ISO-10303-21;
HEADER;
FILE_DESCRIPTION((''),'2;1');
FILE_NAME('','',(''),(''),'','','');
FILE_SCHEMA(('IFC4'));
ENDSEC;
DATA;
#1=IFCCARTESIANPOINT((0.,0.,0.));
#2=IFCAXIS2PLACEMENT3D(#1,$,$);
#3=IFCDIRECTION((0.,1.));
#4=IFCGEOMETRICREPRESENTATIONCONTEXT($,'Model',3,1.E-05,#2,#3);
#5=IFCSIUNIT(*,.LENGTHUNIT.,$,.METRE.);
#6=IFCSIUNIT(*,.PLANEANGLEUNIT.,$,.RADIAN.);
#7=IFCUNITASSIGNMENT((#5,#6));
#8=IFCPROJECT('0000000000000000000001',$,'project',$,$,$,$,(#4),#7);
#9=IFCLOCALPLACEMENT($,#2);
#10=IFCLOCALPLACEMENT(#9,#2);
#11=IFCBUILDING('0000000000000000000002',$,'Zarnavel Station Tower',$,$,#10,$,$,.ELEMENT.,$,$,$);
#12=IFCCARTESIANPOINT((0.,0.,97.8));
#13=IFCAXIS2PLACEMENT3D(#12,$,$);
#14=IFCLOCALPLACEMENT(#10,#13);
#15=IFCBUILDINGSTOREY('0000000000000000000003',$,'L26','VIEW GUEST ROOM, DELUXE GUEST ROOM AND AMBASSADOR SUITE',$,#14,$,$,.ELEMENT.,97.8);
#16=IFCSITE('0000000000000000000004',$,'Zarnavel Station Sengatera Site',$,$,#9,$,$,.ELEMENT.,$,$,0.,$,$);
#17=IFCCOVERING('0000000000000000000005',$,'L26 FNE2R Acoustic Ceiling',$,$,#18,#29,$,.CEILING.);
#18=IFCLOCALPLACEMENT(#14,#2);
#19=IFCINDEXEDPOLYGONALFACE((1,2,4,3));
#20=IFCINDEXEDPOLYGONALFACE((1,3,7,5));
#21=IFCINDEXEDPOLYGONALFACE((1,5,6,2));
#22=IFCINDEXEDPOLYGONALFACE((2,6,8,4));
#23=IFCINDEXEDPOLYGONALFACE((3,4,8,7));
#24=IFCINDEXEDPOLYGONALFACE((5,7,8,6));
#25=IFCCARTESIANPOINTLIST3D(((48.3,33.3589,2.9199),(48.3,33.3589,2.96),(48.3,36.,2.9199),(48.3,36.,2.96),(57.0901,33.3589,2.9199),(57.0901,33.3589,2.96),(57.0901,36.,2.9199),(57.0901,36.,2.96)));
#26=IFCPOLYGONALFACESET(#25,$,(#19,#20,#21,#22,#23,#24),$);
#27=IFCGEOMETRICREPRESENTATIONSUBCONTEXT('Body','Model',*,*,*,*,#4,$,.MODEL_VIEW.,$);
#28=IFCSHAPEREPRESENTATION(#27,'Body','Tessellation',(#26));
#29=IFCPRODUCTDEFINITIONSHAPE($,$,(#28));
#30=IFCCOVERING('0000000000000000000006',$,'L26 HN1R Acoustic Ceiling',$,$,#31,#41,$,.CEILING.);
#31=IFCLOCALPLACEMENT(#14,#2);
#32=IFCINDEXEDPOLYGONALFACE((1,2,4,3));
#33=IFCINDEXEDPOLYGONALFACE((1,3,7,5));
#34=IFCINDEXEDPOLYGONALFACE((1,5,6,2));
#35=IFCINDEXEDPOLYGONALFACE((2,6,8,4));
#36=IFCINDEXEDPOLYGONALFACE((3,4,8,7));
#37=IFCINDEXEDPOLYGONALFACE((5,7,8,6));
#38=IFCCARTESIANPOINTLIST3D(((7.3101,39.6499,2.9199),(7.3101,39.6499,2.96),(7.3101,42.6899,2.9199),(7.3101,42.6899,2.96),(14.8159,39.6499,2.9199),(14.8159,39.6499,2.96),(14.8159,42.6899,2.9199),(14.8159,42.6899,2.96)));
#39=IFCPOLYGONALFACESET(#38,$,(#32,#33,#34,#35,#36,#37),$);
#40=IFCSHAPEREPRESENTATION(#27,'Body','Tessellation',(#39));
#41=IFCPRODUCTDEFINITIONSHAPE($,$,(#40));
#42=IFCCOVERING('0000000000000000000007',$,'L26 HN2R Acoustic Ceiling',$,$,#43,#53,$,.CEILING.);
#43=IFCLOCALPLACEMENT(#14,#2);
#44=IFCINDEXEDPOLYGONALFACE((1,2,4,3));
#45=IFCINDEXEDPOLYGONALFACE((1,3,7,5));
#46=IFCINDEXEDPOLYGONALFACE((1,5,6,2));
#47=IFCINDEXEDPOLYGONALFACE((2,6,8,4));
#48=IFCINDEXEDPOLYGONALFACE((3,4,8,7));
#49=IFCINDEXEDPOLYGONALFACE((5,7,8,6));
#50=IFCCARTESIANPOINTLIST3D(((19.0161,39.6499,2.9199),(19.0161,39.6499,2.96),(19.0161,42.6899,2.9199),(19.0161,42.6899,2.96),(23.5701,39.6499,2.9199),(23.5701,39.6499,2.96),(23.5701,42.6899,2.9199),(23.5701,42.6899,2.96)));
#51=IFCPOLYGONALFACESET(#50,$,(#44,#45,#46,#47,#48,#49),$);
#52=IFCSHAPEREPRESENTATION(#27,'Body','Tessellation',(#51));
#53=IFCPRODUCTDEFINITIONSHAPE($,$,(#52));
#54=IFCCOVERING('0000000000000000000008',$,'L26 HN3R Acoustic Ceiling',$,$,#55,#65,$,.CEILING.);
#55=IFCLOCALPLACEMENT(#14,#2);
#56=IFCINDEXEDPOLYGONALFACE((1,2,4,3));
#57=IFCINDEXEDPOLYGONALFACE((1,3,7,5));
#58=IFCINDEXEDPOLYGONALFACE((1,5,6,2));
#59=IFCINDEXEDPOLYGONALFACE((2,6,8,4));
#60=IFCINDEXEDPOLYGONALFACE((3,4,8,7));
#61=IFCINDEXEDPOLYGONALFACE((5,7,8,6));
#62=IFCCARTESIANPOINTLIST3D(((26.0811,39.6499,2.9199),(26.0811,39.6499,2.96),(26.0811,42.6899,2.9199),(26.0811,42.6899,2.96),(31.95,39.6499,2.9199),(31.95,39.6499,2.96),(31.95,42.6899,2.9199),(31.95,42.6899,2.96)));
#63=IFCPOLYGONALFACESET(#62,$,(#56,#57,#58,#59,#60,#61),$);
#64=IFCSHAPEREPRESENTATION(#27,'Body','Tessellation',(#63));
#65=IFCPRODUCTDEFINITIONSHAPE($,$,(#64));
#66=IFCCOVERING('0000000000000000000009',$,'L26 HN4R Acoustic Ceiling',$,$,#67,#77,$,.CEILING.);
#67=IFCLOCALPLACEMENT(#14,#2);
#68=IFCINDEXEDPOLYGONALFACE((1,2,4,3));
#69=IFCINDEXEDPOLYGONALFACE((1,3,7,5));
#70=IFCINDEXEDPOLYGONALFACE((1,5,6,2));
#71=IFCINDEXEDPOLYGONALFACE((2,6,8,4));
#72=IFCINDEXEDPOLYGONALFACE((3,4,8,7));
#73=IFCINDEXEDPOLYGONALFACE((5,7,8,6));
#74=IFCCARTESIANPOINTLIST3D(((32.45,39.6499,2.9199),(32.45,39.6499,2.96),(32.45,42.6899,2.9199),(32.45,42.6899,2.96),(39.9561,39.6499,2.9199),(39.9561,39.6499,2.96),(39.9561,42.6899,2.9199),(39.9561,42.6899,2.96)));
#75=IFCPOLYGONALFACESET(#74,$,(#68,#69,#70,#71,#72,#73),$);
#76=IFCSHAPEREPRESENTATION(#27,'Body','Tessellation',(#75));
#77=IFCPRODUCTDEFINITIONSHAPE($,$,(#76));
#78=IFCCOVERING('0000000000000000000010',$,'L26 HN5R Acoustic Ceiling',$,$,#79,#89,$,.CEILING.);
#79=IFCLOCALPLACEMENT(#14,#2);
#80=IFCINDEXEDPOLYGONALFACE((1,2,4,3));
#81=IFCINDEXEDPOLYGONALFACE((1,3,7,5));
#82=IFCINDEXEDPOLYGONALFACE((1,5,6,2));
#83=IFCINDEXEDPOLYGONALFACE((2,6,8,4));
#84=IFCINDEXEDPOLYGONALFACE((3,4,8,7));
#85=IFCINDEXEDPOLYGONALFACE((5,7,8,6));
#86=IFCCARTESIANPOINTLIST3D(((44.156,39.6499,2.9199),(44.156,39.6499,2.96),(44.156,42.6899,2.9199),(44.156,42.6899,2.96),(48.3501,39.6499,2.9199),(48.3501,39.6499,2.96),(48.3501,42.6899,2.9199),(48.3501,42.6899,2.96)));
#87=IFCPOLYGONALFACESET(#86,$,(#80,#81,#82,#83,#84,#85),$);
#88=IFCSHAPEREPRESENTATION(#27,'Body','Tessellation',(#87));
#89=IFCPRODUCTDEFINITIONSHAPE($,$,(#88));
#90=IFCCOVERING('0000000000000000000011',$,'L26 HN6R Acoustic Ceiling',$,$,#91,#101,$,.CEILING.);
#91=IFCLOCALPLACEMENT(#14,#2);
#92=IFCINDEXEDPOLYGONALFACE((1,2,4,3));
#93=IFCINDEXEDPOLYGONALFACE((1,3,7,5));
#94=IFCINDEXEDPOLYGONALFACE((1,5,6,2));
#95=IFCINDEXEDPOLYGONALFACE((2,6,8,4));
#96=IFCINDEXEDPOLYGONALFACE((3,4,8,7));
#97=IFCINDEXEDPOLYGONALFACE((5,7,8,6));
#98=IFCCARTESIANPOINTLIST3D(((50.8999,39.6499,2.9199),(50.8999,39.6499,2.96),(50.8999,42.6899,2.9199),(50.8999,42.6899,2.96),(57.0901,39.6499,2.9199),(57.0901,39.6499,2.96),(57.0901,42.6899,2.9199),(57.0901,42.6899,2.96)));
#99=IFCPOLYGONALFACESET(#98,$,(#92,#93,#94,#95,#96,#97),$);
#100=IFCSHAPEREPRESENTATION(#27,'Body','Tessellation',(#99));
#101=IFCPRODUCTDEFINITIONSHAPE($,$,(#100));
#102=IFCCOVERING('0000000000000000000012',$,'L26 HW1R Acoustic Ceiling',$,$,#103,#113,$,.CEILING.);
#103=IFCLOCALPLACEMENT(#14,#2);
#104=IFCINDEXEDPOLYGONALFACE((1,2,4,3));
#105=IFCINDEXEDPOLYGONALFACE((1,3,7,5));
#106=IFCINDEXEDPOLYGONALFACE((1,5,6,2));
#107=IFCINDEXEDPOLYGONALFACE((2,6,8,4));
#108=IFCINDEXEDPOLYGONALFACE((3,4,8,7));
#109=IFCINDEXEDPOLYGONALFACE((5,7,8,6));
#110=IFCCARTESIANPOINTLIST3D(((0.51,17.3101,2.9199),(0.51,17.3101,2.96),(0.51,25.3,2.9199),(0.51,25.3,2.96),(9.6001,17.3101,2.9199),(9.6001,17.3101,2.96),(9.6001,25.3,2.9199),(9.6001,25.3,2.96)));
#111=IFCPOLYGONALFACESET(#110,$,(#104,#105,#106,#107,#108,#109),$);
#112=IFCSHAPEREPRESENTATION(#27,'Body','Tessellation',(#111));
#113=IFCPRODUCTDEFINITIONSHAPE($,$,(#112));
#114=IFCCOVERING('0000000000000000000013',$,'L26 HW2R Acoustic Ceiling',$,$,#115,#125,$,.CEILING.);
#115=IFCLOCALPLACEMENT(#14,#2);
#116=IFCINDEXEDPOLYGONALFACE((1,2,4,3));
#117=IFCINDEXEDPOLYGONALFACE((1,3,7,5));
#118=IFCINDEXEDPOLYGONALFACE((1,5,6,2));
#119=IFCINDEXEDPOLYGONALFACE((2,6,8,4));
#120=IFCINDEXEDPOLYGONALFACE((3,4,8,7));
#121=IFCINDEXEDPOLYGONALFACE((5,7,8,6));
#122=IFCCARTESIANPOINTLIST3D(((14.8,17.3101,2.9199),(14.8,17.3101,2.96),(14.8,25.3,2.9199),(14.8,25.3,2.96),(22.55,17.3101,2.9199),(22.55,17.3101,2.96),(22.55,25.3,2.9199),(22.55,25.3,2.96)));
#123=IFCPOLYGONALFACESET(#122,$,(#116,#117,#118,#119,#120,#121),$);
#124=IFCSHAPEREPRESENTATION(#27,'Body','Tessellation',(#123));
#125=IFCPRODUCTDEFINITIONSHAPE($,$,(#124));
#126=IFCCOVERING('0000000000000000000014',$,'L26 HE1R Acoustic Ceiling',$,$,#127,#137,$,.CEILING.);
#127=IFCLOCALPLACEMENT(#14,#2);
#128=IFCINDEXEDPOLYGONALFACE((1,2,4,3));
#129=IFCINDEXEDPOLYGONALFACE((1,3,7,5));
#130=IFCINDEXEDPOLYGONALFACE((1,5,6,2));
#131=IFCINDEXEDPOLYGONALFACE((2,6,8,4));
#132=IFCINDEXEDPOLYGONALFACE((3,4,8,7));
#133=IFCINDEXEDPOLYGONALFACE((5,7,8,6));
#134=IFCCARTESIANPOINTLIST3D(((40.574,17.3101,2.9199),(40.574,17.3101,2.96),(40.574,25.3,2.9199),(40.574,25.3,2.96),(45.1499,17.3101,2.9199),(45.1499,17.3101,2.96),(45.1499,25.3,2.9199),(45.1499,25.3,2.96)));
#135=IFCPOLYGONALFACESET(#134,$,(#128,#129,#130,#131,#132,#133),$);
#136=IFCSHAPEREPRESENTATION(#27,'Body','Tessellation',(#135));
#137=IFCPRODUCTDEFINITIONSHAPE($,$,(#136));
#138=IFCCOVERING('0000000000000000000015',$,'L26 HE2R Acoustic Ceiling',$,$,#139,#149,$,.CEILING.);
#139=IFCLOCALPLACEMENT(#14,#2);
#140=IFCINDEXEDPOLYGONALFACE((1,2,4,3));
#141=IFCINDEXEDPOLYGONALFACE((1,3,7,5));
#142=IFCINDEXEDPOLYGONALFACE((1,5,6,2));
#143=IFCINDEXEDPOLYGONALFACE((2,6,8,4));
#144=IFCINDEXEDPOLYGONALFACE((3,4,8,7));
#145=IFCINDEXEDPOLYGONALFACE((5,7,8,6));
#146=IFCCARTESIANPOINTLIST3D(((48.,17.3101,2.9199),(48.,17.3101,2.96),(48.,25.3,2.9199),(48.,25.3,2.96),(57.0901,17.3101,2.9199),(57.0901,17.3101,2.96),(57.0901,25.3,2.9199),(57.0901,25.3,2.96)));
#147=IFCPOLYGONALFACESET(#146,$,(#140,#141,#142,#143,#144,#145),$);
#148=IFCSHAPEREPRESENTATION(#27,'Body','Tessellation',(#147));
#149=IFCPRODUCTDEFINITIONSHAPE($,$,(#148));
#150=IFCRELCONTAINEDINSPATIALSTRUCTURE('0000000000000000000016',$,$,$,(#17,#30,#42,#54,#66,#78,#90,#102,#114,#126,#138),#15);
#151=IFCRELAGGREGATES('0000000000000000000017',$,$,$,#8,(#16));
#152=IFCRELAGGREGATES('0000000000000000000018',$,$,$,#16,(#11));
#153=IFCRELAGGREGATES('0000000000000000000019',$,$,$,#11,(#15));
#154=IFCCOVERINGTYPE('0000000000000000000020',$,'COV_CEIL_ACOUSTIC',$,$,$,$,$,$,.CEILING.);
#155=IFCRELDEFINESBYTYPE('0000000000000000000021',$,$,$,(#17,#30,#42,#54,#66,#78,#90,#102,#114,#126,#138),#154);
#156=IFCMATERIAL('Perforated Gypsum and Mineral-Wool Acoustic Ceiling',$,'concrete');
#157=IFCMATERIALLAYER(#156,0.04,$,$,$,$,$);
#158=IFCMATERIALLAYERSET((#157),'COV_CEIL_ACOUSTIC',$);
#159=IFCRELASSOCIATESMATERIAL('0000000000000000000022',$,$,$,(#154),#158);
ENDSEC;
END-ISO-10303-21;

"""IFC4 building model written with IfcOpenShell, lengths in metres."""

from ifc_helpers import new_model, si_unit, direction, frame, origin, place, context, subcontext, project, spatial, polyline, outline, extrude, material, layer, layer_set, type_object, element, save


model = new_model("IFC4")

# Units and contexts
model_context = context("Model", 3, precision=1e-05, world=origin(), true_north=direction((0.0, 1.0)))
body_context = subcontext(model_context, "Body", "Model", "MODEL_VIEW")
ifc_project = project(units=[si_unit("LENGTHUNIT", "METRE"), si_unit("PLANEANGLEUNIT", "RADIAN")], contexts=[model_context])

# Site, building, storey
site_placement = place(None, origin())
site = spatial("IfcSite", under=ifc_project, at=site_placement, Name="Zarnavel Station Sengatera Site", CompositionType="ELEMENT", RefElevation=0.0)
building_placement = place(site_placement, origin())
building = spatial("IfcBuilding", under=site, at=building_placement, Name="Zarnavel Station Tower", CompositionType="ELEMENT")
storey_placement = place(building_placement, frame((0.0, 0.0, 97.8)))
storey = spatial("IfcBuildingStorey", under=building, at=storey_placement, Name="L26", Description="VIEW GUEST ROOM, DELUXE GUEST ROOM AND AMBASSADOR SUITE", CompositionType="ELEMENT", Elevation=97.8)

# Coverings
ifc_material_1 = material(Name="Perforated Gypsum and Mineral-Wool Acoustic Ceiling", Category="concrete")
ifc_layer_1 = layer(ifc_material_1, 0.04)
ifc_layer_set_1 = layer_set([ifc_layer_1], Name="COV_CEIL_ACOUSTIC")
covering_type_1 = type_object("IfcCoveringType", Name="COV_CEIL_ACOUSTIC", PredefinedType="CEILING", material=ifc_layer_set_1)
covering_1_placement = place(storey_placement, frame((0.0, 0.0, 2.9199)))
element("IfcCovering", 1, at=covering_1_placement, inside=storey, type_object=covering_type_1, Name="L26 FNE2R Acoustic Ceiling", PredefinedType="CEILING", context=body_context, shape_type="SweptSolid", body=[
    extrude(outline(polyline([(48.3, 33.3589), (57.0901, 33.3589), (57.0901, 36.0), (48.3, 36.0), (48.3, 33.3589)])), origin(), (0.0, 0.0, 1.0), 0.04),
])
covering_2_placement = place(storey_placement, frame((0.0, 0.0, 2.9199)))
element("IfcCovering", 2, at=covering_2_placement, inside=storey, type_object=covering_type_1, Name="L26 HN1R Acoustic Ceiling", PredefinedType="CEILING", context=body_context, shape_type="SweptSolid", body=[
    extrude(outline(polyline([(7.3101, 39.6499), (14.8159, 39.6499), (14.8159, 42.6899), (7.3101, 42.6899), (7.3101, 39.6499)])), origin(), (0.0, 0.0, 1.0), 0.04),
])
covering_3_placement = place(storey_placement, frame((0.0, 0.0, 2.9199)))
element("IfcCovering", 3, at=covering_3_placement, inside=storey, type_object=covering_type_1, Name="L26 HN2R Acoustic Ceiling", PredefinedType="CEILING", context=body_context, shape_type="SweptSolid", body=[
    extrude(outline(polyline([(19.0161, 39.6499), (23.5701, 39.6499), (23.5701, 42.6899), (19.0161, 42.6899), (19.0161, 39.6499)])), origin(), (0.0, 0.0, 1.0), 0.04),
])
covering_4_placement = place(storey_placement, frame((0.0, 0.0, 2.9199)))
element("IfcCovering", 4, at=covering_4_placement, inside=storey, type_object=covering_type_1, Name="L26 HN3R Acoustic Ceiling", PredefinedType="CEILING", context=body_context, shape_type="SweptSolid", body=[
    extrude(outline(polyline([(26.0811, 39.6499), (31.95, 39.6499), (31.95, 42.6899), (26.0811, 42.6899), (26.0811, 39.6499)])), origin(), (0.0, 0.0, 1.0), 0.04),
])
covering_5_placement = place(storey_placement, frame((0.0, 0.0, 2.9199)))
element("IfcCovering", 5, at=covering_5_placement, inside=storey, type_object=covering_type_1, Name="L26 HN4R Acoustic Ceiling", PredefinedType="CEILING", context=body_context, shape_type="SweptSolid", body=[
    extrude(outline(polyline([(32.45, 39.6499), (39.9561, 39.6499), (39.9561, 42.6899), (32.45, 42.6899), (32.45, 39.6499)])), origin(), (0.0, 0.0, 1.0), 0.04),
])
covering_6_placement = place(storey_placement, frame((0.0, 0.0, 2.9199)))
element("IfcCovering", 6, at=covering_6_placement, inside=storey, type_object=covering_type_1, Name="L26 HN5R Acoustic Ceiling", PredefinedType="CEILING", context=body_context, shape_type="SweptSolid", body=[
    extrude(outline(polyline([(44.156, 39.6499), (48.3501, 39.6499), (48.3501, 42.6899), (44.156, 42.6899), (44.156, 39.6499)])), origin(), (0.0, 0.0, 1.0), 0.04),
])
covering_7_placement = place(storey_placement, frame((0.0, 0.0, 2.9199)))
element("IfcCovering", 7, at=covering_7_placement, inside=storey, type_object=covering_type_1, Name="L26 HN6R Acoustic Ceiling", PredefinedType="CEILING", context=body_context, shape_type="SweptSolid", body=[
    extrude(outline(polyline([(50.8999, 39.6499), (57.0901, 39.6499), (57.0901, 42.6899), (50.8999, 42.6899), (50.8999, 39.6499)])), origin(), (0.0, 0.0, 1.0), 0.04),
])
covering_8_placement = place(storey_placement, frame((0.0, 0.0, 2.9199)))
element("IfcCovering", 8, at=covering_8_placement, inside=storey, type_object=covering_type_1, Name="L26 HW1R Acoustic Ceiling", PredefinedType="CEILING", context=body_context, shape_type="SweptSolid", body=[
    extrude(outline(polyline([(0.51, 17.3101), (9.6001, 17.3101), (9.6001, 25.3), (0.51, 25.3), (0.51, 17.3101)])), origin(), (0.0, 0.0, 1.0), 0.04),
])
covering_9_placement = place(storey_placement, frame((0.0, 0.0, 2.9199)))
element("IfcCovering", 9, at=covering_9_placement, inside=storey, type_object=covering_type_1, Name="L26 HW2R Acoustic Ceiling", PredefinedType="CEILING", context=body_context, shape_type="SweptSolid", body=[
    extrude(outline(polyline([(14.8, 17.3101), (22.55, 17.3101), (22.55, 25.3), (14.8, 25.3), (14.8, 17.3101)])), origin(), (0.0, 0.0, 1.0), 0.04),
])
covering_10_placement = place(storey_placement, frame((0.0, 0.0, 2.9199)))
element("IfcCovering", 10, at=covering_10_placement, inside=storey, type_object=covering_type_1, Name="L26 HE1R Acoustic Ceiling", PredefinedType="CEILING", context=body_context, shape_type="SweptSolid", body=[
    extrude(outline(polyline([(40.574, 17.3101), (45.1499, 17.3101), (45.1499, 25.3), (40.574, 25.3), (40.574, 17.3101)])), origin(), (0.0, 0.0, 1.0), 0.04),
])
covering_11_placement = place(storey_placement, frame((0.0, 0.0, 2.9199)))
element("IfcCovering", 11, at=covering_11_placement, inside=storey, type_object=covering_type_1, Name="L26 HE2R Acoustic Ceiling", PredefinedType="CEILING", context=body_context, shape_type="SweptSolid", body=[
    extrude(outline(polyline([(48.0, 17.3101), (57.0901, 17.3101), (57.0901, 25.3), (48.0, 25.3), (48.0, 17.3101)])), origin(), (0.0, 0.0, 1.0), 0.04),
])

save(model, "model.ifc")
